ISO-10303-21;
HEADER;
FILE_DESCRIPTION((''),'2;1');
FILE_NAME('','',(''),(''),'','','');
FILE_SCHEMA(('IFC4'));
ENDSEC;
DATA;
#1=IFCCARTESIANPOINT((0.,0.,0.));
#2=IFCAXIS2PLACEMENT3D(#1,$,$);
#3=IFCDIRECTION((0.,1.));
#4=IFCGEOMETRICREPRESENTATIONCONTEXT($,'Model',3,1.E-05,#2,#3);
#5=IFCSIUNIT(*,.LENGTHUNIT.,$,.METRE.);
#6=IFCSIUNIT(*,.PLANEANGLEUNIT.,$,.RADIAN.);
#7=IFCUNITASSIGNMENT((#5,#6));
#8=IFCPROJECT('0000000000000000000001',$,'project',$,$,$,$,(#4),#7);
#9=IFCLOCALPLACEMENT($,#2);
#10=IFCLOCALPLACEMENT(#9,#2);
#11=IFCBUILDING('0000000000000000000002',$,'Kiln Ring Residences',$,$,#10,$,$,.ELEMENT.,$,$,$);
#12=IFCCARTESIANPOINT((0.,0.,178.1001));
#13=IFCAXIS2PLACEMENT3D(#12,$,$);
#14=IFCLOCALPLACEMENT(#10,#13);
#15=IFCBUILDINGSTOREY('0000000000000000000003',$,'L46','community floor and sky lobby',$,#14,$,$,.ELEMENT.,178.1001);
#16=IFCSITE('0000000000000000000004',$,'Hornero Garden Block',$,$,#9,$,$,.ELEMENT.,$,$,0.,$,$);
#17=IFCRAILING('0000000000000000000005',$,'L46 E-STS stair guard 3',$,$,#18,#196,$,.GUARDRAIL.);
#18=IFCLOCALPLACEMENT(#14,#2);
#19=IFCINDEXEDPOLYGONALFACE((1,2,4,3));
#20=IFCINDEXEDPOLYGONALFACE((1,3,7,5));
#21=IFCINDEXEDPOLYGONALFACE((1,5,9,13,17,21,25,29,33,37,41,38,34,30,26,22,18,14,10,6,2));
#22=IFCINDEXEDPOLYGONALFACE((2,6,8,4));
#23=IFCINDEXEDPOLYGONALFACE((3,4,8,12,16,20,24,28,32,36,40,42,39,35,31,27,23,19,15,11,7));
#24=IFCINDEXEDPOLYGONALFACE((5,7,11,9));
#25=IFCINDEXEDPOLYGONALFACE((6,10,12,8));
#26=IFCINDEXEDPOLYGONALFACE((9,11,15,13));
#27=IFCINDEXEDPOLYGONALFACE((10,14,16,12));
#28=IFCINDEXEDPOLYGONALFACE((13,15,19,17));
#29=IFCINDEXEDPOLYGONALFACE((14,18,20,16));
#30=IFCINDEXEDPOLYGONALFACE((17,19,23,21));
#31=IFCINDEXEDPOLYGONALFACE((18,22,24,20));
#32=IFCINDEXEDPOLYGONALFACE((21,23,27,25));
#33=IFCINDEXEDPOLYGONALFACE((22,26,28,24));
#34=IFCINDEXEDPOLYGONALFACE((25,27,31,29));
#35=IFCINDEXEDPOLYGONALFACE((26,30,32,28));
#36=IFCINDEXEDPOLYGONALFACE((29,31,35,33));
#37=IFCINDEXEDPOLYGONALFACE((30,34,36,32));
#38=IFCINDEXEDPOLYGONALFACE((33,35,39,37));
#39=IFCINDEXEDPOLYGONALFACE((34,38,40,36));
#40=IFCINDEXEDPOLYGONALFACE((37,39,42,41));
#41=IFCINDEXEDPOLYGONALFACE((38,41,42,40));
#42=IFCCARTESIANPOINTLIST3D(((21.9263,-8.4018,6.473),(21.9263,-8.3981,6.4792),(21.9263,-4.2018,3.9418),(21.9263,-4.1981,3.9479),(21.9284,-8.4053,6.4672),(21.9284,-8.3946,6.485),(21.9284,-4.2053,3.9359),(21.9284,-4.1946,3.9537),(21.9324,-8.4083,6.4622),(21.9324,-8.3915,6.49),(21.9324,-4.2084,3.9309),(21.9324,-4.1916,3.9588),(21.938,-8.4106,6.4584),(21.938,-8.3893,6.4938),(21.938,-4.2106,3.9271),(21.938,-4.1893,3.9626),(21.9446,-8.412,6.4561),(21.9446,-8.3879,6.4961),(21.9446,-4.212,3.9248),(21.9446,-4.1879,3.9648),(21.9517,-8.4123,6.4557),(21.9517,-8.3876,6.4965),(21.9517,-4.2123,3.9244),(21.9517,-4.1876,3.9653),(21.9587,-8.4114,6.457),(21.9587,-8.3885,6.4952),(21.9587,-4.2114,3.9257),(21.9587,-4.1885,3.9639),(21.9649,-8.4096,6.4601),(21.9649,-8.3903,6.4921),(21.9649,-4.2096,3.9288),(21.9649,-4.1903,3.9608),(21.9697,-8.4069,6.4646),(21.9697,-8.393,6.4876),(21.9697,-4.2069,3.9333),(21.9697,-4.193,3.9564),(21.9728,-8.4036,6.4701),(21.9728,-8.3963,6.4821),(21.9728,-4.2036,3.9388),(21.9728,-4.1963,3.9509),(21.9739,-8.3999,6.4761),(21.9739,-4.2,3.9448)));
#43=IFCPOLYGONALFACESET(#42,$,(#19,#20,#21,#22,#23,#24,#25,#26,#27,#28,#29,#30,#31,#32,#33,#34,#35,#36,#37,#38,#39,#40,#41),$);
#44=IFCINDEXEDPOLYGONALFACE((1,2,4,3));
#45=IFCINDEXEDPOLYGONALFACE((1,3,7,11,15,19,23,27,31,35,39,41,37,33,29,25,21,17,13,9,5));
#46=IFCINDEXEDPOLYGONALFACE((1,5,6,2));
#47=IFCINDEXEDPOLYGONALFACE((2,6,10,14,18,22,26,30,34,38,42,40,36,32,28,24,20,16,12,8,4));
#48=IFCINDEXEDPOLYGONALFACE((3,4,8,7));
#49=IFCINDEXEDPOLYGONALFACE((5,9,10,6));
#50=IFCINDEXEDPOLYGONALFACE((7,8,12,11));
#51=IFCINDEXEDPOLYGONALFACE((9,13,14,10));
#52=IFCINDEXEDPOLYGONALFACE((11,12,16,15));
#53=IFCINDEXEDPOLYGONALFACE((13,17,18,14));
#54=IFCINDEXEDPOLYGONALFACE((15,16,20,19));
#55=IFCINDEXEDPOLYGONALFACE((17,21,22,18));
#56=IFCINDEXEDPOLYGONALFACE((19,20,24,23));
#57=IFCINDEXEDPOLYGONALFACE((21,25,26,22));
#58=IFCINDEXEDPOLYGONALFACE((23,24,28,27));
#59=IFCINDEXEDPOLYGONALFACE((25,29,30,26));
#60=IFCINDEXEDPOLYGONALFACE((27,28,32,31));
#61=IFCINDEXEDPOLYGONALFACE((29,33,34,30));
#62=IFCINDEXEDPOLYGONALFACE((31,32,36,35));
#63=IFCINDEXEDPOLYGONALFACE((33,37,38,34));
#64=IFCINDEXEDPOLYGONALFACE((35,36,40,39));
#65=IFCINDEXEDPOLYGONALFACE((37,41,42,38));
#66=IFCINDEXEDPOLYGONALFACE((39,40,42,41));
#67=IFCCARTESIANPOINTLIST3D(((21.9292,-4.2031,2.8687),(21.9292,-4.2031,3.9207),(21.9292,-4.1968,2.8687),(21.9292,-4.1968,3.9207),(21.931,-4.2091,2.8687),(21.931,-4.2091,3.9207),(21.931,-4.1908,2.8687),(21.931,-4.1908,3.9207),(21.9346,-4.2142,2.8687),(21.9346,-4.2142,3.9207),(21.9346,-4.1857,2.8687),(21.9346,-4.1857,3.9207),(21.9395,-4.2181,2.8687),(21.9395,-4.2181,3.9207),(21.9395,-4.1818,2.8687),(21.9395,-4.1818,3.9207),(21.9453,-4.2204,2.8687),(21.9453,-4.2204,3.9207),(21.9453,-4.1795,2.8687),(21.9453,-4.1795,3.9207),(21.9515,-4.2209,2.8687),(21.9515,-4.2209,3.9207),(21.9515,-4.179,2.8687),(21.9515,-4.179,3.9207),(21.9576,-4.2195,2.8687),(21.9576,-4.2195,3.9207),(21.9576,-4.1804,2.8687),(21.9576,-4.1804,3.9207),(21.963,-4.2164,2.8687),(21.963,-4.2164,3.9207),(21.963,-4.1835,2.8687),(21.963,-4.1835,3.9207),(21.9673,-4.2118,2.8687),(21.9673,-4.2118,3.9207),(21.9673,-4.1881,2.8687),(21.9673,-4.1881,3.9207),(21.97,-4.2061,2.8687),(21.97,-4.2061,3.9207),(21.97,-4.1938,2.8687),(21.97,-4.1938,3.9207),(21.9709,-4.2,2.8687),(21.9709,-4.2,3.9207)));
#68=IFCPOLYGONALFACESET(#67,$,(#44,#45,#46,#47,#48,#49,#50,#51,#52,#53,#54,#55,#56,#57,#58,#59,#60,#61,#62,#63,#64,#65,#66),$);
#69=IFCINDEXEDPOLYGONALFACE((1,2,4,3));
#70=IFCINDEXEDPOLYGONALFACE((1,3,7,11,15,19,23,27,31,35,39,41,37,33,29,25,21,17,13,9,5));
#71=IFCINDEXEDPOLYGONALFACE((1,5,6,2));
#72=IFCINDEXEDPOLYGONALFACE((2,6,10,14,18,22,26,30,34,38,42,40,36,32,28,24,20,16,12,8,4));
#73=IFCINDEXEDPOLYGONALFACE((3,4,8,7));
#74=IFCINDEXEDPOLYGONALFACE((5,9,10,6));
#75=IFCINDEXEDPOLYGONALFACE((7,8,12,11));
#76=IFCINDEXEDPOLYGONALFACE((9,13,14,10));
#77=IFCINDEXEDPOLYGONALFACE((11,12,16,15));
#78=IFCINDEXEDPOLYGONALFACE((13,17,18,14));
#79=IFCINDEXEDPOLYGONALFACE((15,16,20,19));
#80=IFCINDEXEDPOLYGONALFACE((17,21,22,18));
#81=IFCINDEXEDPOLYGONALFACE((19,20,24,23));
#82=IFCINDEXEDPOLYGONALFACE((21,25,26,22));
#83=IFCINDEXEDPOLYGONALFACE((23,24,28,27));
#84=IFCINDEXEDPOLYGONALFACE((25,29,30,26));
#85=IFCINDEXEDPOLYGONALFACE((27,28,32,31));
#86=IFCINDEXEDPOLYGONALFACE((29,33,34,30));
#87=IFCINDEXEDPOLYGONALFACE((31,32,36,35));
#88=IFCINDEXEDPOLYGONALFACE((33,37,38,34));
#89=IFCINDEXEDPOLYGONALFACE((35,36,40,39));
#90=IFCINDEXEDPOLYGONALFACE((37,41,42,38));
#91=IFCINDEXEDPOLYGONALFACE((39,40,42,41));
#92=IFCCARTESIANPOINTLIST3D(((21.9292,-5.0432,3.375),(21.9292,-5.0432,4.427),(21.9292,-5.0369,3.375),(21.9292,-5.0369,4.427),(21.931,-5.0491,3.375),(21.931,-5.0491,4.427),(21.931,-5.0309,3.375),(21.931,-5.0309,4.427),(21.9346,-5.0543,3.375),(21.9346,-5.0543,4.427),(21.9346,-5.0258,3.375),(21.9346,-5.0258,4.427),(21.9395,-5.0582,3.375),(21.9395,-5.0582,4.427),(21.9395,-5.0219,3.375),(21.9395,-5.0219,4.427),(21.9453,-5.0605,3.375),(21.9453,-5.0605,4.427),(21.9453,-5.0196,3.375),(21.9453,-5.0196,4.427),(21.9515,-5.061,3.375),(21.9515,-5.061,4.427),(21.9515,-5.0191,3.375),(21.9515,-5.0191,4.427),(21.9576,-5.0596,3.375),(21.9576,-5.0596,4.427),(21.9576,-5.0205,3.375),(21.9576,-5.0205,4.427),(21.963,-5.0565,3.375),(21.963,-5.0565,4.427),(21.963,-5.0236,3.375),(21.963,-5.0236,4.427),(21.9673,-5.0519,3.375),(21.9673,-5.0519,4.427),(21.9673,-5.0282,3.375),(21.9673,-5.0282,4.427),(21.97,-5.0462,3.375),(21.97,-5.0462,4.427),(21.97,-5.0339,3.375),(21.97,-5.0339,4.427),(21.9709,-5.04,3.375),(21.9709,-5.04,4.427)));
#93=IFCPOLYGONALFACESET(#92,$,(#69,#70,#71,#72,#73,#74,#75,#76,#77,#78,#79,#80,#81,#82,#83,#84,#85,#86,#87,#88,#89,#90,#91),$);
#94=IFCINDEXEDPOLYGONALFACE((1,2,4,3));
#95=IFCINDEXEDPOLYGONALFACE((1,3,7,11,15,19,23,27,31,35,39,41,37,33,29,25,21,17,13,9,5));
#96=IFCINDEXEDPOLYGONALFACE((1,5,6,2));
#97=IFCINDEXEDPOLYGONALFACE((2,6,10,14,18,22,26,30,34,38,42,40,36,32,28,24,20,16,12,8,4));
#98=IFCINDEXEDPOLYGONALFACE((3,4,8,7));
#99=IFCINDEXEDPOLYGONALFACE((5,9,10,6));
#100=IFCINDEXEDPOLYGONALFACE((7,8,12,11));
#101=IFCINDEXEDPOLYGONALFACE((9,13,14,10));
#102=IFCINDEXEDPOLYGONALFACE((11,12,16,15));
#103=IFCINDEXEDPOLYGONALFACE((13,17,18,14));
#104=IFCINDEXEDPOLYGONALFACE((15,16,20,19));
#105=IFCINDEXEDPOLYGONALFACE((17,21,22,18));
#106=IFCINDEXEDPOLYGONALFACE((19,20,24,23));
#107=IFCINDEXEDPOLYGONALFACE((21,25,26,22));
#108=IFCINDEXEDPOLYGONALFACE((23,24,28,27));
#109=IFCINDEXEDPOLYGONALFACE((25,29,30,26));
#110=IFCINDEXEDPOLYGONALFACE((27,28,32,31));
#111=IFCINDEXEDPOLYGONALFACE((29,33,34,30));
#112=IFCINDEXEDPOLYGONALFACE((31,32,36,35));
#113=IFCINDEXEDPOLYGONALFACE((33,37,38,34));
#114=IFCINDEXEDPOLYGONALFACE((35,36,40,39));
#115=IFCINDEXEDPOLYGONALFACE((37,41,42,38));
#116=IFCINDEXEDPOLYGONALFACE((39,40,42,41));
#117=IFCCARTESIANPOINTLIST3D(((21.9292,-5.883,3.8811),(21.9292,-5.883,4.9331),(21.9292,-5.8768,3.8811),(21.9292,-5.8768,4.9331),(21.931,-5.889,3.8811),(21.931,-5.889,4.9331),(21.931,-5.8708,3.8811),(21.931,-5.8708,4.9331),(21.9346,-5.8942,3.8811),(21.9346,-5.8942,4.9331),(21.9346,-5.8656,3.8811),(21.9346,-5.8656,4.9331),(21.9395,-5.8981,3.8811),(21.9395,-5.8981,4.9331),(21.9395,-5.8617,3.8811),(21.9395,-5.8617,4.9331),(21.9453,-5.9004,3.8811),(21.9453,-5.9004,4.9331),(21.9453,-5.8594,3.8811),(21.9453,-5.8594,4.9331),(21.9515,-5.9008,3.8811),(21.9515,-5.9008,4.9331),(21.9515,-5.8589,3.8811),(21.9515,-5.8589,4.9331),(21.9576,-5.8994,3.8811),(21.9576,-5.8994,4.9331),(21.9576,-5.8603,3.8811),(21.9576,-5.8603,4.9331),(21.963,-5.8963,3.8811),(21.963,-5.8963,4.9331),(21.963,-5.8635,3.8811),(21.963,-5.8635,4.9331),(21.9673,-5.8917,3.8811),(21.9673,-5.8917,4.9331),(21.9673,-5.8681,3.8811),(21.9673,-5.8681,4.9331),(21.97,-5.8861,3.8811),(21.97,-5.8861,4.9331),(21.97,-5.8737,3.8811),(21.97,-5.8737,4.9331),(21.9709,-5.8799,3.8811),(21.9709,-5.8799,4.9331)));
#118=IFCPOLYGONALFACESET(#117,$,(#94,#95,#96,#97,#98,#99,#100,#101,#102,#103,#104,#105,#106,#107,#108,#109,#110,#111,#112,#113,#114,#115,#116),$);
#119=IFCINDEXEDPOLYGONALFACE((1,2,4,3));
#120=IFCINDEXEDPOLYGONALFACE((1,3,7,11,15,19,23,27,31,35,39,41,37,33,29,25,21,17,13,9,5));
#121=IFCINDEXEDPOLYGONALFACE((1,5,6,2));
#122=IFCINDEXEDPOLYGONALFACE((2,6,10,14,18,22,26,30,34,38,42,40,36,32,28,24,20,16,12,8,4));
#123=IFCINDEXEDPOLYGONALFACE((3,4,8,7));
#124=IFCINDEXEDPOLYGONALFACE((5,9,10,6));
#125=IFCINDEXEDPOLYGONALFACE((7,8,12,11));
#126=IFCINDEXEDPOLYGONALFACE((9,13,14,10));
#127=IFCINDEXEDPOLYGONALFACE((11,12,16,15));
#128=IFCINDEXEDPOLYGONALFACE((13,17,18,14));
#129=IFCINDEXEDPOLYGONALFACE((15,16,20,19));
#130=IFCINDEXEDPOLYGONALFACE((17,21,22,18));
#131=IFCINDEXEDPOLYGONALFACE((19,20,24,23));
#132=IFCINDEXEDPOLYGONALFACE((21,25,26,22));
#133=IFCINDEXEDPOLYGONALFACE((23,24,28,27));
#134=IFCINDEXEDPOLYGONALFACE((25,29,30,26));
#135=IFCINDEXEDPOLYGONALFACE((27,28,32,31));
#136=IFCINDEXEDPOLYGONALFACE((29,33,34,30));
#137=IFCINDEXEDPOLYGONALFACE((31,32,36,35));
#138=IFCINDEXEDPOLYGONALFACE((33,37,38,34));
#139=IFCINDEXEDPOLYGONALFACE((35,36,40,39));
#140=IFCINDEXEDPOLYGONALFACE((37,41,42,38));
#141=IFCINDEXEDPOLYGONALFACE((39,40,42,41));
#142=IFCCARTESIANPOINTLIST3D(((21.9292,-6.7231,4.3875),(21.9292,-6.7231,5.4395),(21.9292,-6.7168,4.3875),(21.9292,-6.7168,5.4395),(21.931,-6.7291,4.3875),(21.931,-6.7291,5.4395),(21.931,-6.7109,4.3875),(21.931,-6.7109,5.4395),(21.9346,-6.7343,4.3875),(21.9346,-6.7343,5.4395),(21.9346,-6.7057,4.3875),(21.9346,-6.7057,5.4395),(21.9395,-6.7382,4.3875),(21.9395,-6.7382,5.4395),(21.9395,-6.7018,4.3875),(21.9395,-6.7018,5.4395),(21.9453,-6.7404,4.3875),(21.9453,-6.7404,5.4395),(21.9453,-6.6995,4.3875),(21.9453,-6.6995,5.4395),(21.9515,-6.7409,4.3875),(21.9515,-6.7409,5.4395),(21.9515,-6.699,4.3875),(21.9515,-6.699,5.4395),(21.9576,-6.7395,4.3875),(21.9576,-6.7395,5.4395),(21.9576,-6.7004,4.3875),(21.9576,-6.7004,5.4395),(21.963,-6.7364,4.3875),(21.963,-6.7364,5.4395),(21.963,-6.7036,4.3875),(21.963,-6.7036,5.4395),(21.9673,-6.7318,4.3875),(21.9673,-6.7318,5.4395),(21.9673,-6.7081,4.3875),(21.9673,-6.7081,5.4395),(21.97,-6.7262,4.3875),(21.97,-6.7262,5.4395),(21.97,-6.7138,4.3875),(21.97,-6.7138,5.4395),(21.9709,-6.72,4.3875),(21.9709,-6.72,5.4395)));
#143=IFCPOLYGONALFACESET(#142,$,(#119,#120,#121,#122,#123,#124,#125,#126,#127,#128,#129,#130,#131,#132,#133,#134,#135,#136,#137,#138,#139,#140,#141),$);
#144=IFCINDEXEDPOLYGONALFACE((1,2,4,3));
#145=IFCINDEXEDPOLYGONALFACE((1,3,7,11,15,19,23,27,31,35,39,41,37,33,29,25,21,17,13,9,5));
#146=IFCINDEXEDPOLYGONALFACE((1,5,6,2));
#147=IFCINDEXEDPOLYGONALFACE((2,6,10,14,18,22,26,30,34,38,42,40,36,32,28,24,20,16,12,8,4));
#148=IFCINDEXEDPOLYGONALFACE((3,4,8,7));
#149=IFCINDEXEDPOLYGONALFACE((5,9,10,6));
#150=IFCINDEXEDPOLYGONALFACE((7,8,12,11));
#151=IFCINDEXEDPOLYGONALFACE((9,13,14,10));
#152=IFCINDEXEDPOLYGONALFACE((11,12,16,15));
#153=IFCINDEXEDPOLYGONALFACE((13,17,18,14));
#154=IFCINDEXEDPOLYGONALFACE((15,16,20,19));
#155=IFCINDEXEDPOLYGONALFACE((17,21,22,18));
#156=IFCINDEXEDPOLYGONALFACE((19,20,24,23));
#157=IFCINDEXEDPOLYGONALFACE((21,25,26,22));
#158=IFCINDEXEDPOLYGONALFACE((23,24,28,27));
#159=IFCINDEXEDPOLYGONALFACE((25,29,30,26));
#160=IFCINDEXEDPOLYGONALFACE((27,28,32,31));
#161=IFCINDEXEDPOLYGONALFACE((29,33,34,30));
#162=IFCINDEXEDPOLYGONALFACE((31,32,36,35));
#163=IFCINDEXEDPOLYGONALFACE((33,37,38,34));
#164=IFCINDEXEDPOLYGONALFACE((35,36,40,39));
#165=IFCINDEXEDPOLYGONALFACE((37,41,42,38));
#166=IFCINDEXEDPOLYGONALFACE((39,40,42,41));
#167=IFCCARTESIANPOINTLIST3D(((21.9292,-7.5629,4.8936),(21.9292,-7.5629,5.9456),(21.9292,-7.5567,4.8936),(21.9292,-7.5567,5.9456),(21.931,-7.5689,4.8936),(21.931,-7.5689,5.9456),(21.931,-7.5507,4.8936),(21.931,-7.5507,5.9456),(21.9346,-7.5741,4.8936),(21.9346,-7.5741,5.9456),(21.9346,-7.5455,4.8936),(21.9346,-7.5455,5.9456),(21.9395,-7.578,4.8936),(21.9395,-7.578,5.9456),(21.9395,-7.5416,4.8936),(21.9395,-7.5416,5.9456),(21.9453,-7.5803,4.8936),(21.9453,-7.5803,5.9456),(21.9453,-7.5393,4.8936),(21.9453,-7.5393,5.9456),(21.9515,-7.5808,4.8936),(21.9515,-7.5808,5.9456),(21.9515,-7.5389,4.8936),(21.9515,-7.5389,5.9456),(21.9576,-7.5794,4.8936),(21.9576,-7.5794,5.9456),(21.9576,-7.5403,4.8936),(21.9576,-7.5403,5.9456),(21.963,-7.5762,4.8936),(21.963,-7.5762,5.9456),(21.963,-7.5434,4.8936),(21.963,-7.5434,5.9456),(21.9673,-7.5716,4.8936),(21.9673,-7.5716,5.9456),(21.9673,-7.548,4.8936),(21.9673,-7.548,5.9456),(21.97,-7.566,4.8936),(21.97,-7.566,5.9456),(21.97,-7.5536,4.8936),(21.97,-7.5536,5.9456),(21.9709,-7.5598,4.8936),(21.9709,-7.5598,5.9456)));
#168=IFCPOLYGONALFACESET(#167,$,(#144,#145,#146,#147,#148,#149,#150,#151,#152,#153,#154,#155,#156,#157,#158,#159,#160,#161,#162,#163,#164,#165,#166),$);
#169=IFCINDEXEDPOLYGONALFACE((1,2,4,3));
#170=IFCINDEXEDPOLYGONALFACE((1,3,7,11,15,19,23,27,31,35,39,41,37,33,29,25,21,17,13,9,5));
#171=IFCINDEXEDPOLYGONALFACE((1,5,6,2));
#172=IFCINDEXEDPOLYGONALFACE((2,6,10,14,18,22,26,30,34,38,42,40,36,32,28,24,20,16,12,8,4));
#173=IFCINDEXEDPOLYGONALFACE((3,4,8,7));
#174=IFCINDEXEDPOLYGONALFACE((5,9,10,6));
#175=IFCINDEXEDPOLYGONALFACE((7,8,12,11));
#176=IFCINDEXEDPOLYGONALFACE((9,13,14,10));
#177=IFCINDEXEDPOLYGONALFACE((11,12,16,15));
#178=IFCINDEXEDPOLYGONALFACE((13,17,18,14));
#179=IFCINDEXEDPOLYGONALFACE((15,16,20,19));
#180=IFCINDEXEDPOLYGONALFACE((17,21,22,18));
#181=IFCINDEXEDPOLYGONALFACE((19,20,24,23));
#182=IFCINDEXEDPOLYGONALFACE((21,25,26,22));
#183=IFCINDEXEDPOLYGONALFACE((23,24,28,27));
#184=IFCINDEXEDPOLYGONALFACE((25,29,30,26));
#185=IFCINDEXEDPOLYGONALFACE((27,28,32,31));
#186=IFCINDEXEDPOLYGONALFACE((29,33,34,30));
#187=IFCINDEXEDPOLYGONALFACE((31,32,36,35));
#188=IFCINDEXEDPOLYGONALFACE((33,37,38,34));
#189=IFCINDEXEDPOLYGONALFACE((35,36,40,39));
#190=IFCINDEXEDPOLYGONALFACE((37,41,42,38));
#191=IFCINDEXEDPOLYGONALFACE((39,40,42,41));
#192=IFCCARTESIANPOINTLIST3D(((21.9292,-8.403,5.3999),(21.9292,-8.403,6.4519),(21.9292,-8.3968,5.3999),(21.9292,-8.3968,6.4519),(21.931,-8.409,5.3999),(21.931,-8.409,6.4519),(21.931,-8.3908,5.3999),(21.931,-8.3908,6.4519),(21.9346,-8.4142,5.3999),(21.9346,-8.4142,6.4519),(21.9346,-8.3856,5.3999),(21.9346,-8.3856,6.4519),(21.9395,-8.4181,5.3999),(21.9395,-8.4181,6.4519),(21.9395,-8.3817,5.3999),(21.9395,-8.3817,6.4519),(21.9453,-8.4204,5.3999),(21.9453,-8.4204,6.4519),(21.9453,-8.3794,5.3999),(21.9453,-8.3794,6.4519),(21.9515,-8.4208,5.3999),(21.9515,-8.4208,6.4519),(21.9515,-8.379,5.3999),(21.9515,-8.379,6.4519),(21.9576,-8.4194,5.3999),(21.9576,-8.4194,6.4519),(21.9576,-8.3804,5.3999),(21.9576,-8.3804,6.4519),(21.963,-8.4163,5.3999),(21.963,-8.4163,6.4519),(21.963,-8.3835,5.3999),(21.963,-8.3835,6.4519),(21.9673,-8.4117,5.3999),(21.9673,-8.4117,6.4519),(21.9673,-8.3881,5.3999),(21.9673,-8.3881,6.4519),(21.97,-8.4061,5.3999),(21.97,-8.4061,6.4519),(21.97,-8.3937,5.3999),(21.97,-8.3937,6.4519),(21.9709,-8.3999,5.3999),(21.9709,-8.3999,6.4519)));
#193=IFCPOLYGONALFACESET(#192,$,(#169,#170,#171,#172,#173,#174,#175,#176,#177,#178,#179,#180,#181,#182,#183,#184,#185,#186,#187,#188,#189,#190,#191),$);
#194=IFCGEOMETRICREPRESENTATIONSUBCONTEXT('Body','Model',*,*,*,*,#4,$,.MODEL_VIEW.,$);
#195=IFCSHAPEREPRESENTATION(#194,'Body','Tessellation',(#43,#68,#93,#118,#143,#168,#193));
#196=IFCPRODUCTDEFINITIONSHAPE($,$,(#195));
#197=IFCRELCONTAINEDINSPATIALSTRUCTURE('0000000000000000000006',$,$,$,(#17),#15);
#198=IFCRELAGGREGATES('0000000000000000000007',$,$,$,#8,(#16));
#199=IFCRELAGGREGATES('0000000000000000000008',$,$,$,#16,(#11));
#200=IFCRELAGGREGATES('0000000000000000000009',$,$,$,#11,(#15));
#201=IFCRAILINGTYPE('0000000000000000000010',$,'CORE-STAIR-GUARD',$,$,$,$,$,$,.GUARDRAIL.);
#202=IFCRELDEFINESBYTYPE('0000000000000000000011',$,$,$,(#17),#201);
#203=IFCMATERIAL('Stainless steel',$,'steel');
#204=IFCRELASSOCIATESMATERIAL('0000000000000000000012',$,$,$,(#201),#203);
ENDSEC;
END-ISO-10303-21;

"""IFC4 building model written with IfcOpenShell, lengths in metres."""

from ifc_helpers import new_model, si_unit, direction, frame, origin, origin_2d, place, context, subcontext, project, spatial, circle, extrude, material, type_object, element, save


model = new_model("IFC4")

# Units and contexts
model_context = context("Model", 3, precision=1e-05, world=origin(), true_north=direction((0.0, 1.0)))
body_context = subcontext(model_context, "Body", "Model", "MODEL_VIEW")
ifc_project = project(units=[si_unit("LENGTHUNIT", "METRE"), si_unit("PLANEANGLEUNIT", "RADIAN")], contexts=[model_context])

# Site, building, storey
site_placement = place(None, origin())
site = spatial("IfcSite", under=ifc_project, at=site_placement, Name="Hornero Garden Block", CompositionType="ELEMENT", RefElevation=0.0)
building_placement = place(site_placement, origin())
building = spatial("IfcBuilding", under=site, at=building_placement, Name="Kiln Ring Residences", CompositionType="ELEMENT")
storey_placement = place(building_placement, frame((0.0, 0.0, 178.1001)))
storey = spatial("IfcBuildingStorey", under=building, at=storey_placement, Name="L46", Description="community floor and sky lobby", CompositionType="ELEMENT", Elevation=178.1001)

# Railing
ifc_material_1 = material(Name="Stainless steel", Category="steel")
railing_type_1 = type_object("IfcRailingType", Name="CORE-STAIR-GUARD", PredefinedType="GUARDRAIL", material=ifc_material_1)
railing_1_placement = place(storey_placement, frame((21.95, -4.2, 2.8687)))
element("IfcRailing", 1, at=railing_1_placement, inside=storey, type_object=railing_type_1, Name="L46 E-STS stair guard 3", PredefinedType="GUARDRAIL", context=body_context, shape_type="SweptSolid", body=[
    extrude(circle(Radius=0.0239, at=origin_2d()), frame((0.0, 0.0, 1.0762), z_axis=(0.0, -0.856476, 0.516186), x_axis=(1.0, 0.0, 0.0)), (0.0, 0.0, 1.0), 4.9038),
    extrude(circle(Radius=0.021, at=origin_2d()), origin(), (0.0, 0.0, 1.0), 1.052),
    extrude(circle(Radius=0.021, at=origin_2d()), frame((0.0, -0.8401, 0.5063)), (0.0, 0.0, 1.0), 1.052),
    extrude(circle(Radius=0.021, at=origin_2d()), frame((0.0, -1.6799, 1.0125)), (0.0, 0.0, 1.0), 1.052),
    extrude(circle(Radius=0.021, at=origin_2d()), frame((0.0, -2.52, 1.5188)), (0.0, 0.0, 1.0), 1.052),
    extrude(circle(Radius=0.021, at=origin_2d()), frame((0.0, -3.3599, 2.0249)), (0.0, 0.0, 1.0), 1.052),
    extrude(circle(Radius=0.021, at=origin_2d()), frame((0.0, -4.2, 2.5312)), (0.0, 0.0, 1.0), 1.052),
])

save(model, "model.ifc")
